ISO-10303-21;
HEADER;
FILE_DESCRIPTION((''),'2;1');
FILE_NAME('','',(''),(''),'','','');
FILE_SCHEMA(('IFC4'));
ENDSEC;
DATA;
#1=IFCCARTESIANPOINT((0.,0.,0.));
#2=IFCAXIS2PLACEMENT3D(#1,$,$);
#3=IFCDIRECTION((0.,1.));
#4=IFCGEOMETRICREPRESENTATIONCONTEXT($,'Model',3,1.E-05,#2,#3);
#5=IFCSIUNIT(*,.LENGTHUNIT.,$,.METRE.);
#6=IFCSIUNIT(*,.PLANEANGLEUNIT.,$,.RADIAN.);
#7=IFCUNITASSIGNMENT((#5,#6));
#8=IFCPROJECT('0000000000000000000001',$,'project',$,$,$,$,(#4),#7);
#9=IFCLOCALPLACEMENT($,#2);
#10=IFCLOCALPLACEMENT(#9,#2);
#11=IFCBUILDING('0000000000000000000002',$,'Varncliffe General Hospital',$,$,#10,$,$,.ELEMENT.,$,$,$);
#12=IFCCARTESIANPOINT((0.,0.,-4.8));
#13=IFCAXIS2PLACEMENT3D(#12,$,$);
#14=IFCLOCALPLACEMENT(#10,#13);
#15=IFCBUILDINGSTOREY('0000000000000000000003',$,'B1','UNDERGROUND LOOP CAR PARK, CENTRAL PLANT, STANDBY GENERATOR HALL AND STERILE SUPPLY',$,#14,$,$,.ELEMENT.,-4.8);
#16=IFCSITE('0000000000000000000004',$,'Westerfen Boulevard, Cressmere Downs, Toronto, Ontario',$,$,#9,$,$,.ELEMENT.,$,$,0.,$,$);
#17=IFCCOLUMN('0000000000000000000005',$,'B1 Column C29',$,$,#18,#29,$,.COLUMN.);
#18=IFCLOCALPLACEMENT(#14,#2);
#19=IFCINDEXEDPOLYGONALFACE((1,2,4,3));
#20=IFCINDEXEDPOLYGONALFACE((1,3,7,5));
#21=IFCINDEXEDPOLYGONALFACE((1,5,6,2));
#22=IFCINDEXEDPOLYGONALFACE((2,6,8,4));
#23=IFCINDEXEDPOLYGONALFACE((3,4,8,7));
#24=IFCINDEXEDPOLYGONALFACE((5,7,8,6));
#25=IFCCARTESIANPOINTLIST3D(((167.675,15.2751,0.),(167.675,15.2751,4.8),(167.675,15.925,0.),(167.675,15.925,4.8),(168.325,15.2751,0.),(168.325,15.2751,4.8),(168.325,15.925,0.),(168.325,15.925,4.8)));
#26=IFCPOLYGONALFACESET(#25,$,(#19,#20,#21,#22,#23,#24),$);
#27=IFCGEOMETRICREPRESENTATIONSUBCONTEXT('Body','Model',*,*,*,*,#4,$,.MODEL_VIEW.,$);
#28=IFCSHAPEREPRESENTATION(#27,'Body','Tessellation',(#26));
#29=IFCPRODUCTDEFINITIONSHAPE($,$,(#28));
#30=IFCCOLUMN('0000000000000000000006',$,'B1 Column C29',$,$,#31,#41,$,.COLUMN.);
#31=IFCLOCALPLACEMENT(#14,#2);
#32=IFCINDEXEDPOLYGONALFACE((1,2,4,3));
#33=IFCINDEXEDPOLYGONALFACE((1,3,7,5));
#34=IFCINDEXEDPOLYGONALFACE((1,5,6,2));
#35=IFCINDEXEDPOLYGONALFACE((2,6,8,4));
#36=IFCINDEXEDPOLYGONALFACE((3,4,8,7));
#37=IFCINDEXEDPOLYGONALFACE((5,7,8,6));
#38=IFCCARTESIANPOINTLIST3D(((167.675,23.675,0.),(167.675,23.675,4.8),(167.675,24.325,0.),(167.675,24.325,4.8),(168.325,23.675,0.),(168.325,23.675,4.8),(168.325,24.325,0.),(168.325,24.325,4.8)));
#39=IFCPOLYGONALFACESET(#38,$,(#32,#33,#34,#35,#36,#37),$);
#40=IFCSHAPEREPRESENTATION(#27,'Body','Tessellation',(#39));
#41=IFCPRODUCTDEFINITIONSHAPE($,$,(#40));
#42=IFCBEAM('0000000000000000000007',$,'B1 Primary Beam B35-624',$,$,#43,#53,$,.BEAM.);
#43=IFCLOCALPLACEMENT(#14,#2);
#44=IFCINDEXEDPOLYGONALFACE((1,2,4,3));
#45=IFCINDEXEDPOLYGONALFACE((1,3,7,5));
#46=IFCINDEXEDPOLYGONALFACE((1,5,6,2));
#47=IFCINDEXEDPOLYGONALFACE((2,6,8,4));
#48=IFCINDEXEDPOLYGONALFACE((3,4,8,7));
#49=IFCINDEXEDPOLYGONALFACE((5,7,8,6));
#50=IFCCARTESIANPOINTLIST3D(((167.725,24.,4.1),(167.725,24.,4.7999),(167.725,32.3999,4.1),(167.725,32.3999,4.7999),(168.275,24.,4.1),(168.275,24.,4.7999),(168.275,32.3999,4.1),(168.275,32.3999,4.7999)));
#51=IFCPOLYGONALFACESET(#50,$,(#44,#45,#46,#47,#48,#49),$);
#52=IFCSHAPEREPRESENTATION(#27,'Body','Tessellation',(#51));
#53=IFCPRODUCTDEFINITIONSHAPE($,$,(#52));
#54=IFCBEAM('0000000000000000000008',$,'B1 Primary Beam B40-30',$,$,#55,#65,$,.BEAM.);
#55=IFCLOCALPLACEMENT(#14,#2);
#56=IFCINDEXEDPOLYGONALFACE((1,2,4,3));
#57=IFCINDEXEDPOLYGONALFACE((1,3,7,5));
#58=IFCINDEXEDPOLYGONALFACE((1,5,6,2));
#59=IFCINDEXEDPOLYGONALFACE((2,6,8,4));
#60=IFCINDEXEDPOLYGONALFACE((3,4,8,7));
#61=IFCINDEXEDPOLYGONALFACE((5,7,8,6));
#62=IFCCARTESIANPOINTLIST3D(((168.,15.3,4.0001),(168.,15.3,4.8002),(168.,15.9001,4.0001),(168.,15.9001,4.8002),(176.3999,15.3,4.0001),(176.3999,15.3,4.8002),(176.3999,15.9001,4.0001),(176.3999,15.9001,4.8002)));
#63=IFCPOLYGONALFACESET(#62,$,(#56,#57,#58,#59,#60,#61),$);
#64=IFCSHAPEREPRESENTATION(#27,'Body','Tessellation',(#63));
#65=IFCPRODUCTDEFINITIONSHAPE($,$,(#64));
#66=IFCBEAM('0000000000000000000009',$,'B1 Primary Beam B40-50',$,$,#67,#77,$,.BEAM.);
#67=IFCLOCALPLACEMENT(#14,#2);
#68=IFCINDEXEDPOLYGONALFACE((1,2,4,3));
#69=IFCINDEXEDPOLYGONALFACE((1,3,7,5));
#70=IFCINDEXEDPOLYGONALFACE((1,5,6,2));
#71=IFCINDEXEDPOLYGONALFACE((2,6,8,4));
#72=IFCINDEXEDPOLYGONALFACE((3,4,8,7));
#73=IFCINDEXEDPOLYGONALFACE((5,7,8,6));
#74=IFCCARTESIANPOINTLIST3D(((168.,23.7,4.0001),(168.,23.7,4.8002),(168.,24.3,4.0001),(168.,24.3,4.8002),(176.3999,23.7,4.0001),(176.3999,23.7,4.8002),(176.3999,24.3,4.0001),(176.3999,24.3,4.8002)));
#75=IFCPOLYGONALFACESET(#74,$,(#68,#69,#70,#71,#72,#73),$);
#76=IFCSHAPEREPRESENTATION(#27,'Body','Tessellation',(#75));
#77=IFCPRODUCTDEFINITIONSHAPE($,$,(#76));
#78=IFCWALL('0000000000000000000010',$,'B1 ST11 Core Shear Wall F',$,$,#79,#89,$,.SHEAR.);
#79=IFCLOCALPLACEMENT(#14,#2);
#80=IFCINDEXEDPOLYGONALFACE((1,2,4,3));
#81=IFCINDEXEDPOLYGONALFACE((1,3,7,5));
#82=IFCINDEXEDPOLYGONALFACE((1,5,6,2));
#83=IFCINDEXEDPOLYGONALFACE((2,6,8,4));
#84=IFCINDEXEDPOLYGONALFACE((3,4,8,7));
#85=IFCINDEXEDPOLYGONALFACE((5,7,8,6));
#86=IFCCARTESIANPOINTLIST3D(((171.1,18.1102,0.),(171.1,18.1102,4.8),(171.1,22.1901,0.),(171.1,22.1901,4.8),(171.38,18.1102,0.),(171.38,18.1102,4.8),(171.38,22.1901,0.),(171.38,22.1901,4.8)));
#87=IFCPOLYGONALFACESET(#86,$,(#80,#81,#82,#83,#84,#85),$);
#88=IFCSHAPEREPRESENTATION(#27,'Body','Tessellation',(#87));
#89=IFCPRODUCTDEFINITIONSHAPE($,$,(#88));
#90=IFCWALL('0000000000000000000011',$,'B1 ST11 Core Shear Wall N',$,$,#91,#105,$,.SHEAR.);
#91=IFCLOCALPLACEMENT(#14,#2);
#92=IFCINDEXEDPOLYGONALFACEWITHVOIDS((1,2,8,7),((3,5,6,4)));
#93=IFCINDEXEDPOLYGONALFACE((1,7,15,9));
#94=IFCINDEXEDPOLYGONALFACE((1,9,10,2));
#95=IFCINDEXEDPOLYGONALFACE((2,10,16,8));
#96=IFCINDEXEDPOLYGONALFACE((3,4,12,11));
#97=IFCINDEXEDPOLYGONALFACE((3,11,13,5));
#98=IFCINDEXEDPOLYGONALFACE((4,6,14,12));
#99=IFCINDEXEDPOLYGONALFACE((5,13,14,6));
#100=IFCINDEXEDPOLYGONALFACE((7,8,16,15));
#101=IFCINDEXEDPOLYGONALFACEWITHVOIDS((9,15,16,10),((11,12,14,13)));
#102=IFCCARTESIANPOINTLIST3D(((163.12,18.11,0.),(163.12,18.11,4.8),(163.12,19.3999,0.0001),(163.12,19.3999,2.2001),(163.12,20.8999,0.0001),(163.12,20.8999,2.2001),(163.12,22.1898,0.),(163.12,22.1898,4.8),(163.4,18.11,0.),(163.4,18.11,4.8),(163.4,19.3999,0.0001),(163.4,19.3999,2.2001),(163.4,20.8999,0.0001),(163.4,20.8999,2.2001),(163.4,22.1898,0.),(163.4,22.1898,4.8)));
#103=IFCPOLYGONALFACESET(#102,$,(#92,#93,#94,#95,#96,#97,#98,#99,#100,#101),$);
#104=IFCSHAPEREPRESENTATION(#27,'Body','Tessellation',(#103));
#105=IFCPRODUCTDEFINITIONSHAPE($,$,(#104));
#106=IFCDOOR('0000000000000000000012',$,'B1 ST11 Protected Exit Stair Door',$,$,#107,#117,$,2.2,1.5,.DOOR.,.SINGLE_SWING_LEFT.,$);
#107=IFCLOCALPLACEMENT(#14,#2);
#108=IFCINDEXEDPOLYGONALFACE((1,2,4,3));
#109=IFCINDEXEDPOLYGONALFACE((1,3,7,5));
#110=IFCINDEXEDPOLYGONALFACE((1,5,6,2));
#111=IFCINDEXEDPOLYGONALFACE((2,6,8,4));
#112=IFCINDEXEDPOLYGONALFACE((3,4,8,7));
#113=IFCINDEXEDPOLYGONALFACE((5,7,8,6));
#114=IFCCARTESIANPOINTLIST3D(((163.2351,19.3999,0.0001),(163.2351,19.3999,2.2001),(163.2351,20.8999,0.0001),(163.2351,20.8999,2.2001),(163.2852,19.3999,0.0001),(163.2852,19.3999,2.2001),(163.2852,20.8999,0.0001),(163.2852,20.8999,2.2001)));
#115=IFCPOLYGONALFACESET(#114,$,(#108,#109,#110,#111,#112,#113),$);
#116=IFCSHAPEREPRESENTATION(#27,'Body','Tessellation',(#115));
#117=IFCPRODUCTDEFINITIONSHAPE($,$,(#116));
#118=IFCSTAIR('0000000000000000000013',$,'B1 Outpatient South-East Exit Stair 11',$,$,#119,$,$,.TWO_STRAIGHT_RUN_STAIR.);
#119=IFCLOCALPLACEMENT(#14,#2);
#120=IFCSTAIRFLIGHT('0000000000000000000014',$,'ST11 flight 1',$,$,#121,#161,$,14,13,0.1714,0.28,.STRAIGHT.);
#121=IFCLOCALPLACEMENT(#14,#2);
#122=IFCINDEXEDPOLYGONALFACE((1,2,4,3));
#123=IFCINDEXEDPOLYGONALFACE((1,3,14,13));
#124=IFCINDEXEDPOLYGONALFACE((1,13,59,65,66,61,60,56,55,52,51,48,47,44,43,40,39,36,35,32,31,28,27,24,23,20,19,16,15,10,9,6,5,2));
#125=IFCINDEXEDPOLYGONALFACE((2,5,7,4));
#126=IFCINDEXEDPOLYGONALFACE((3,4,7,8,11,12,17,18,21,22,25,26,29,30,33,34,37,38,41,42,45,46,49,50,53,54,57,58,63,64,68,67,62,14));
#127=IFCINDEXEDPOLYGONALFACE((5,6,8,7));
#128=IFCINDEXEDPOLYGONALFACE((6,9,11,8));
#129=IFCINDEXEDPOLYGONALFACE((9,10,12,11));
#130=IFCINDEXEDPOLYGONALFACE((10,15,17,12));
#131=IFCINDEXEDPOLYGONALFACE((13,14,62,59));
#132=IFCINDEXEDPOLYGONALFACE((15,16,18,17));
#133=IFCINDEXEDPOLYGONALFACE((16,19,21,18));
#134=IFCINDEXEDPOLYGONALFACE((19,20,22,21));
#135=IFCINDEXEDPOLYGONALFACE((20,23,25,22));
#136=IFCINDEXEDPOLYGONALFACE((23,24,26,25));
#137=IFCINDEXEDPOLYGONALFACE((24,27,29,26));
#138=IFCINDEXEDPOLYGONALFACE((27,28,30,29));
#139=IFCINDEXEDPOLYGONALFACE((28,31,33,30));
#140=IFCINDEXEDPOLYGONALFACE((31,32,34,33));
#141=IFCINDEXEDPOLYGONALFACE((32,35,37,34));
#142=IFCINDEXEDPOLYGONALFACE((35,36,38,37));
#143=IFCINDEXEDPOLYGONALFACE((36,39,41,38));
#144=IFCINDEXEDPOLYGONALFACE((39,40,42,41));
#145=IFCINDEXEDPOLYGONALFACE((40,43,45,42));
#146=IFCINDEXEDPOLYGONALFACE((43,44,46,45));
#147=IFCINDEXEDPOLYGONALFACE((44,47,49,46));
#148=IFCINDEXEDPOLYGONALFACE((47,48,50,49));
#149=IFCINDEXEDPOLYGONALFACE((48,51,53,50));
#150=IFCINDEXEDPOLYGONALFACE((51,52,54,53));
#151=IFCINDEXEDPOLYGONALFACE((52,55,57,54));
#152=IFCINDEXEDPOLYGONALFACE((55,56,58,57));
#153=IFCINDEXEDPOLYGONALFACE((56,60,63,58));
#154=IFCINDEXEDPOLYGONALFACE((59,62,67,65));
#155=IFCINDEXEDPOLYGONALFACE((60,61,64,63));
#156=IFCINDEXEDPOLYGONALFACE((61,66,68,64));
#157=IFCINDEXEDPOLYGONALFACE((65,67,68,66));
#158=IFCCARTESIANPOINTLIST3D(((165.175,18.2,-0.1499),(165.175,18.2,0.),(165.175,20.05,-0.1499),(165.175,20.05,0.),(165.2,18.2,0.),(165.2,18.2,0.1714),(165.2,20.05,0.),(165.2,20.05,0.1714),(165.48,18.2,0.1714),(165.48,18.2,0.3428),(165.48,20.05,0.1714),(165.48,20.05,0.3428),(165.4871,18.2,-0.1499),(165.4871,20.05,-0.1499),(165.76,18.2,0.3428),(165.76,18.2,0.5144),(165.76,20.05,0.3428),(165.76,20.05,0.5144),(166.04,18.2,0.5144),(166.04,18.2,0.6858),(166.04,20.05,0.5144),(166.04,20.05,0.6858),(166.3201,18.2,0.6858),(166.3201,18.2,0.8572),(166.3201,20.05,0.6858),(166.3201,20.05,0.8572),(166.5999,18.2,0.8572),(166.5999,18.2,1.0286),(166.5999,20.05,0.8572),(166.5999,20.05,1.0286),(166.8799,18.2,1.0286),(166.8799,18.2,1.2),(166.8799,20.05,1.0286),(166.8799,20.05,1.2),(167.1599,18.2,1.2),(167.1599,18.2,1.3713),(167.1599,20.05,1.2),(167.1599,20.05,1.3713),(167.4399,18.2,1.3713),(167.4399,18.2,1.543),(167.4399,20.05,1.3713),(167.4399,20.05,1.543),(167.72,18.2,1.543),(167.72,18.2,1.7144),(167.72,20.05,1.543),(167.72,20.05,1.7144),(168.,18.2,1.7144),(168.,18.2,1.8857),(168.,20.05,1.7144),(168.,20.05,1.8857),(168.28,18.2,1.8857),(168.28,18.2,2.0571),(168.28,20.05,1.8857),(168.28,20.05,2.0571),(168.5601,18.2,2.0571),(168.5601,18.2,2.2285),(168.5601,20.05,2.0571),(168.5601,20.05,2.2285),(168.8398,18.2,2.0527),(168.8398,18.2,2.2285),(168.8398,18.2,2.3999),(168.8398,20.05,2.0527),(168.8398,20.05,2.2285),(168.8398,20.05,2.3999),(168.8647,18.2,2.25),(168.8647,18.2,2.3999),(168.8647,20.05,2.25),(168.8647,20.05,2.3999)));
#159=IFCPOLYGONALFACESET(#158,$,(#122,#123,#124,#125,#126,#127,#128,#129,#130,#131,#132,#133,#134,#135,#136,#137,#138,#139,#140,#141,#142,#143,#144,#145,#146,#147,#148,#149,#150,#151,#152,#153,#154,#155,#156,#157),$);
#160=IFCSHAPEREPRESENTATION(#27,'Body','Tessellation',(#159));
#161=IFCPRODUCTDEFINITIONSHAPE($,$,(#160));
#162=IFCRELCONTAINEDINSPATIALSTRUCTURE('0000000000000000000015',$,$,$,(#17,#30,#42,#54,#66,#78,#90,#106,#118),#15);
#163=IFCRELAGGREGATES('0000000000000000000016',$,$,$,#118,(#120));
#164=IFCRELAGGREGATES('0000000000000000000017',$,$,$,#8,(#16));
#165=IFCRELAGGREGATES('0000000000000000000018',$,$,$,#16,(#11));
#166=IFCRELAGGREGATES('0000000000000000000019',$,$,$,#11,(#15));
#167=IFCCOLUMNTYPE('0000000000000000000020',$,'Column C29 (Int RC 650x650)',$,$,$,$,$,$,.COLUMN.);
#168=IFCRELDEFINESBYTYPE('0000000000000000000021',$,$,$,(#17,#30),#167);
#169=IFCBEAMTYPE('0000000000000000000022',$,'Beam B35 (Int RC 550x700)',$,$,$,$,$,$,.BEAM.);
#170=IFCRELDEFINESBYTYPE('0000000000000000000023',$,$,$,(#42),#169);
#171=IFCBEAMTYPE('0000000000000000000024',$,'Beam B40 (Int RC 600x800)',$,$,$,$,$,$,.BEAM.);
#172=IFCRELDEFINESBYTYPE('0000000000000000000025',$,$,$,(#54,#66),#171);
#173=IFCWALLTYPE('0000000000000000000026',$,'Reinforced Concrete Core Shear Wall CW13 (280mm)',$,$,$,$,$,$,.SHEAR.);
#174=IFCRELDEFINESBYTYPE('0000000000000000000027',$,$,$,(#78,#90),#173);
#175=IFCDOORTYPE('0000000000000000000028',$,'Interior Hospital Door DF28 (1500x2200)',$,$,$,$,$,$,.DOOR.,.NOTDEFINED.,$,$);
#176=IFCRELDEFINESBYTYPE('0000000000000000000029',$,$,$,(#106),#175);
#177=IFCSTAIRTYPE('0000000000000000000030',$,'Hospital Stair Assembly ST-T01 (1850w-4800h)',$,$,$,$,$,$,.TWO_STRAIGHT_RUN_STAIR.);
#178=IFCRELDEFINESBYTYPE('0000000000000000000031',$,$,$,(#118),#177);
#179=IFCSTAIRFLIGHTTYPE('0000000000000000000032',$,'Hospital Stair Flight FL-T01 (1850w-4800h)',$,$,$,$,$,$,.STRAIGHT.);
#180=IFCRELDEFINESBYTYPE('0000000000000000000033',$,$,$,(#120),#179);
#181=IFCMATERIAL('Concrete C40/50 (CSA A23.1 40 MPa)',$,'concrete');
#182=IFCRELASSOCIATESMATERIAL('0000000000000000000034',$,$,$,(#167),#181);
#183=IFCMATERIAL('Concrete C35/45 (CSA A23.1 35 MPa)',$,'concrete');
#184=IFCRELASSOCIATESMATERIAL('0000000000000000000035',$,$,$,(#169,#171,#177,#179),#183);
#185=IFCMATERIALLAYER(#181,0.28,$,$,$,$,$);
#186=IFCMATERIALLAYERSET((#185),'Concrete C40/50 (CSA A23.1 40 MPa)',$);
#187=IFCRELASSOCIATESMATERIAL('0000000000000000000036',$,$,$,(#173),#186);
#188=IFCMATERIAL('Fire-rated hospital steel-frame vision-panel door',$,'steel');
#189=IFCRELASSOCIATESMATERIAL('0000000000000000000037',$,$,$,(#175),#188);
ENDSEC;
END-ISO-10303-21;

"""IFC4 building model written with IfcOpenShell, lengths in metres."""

from ifc_helpers import new_model, si_unit, direction, frame, frame_2d, origin, origin_2d, place, context, subcontext, project, spatial, polyline, rectangle, outline, extrude, material, layer, layer_set, material_profile, profile_set, type_object, element, fill, aggregate, save


model = new_model("IFC4")

# Units and contexts
model_context = context("Model", 3, precision=1e-05, world=origin(), true_north=direction((0.0, 1.0)))
body_context = subcontext(model_context, "Body", "Model", "MODEL_VIEW")
ifc_project = project(units=[si_unit("LENGTHUNIT", "METRE"), si_unit("PLANEANGLEUNIT", "RADIAN")], contexts=[model_context])

# Site, building, storey
site_placement = place(None, origin())
site = spatial("IfcSite", under=ifc_project, at=site_placement, Name="Westerfen Boulevard, Cressmere Downs, Toronto, Ontario", CompositionType="ELEMENT", RefElevation=0.0)
building_placement = place(site_placement, origin())
building = spatial("IfcBuilding", under=site, at=building_placement, Name="Varncliffe General Hospital", CompositionType="ELEMENT")
storey_placement = place(building_placement, frame((0.0, 0.0, -4.8)))
storey = spatial("IfcBuildingStorey", under=building, at=storey_placement, Name="B1", Description="UNDERGROUND LOOP CAR PARK, CENTRAL PLANT, STANDBY GENERATOR HALL AND STERILE SUPPLY", CompositionType="ELEMENT", Elevation=-4.8)

# Shared definitions
ifc_material_1 = material(Name="Concrete C40/50 (CSA A23.1 40 MPa)", Category="concrete")

# Columns
ifc_material_profile_1 = material_profile(ifc_material_1, rectangle(XDim=0.6499, YDim=0.6499, at=origin_2d()), Name="RC 650x650")
ifc_profile_set_1 = profile_set([ifc_material_profile_1], Name="Concrete C40/50 (CSA A23.1 40 MPa)")
column_type = type_object("IfcColumnType", Name="Column C29 (Int RC 650x650)", PredefinedType="COLUMN", material=ifc_profile_set_1)
for number, where, z_axis, x_axis, name in (
    (1, (168.0, 15.6001, 0.0), (0.0, 0.0, 1.0), (1.0, 0.0, 0.0), "B1 Column C29"),
    (2, (168.0, 24.0, 0.0), (0.0, 0.0, 1.0), (1.0, 0.0, 0.0), "B1 Column C29"),
):
    element("IfcColumn", number, at=place(storey_placement, frame(where, z_axis=z_axis, x_axis=x_axis)), inside=storey, type_object=column_type, Name=name, PredefinedType="COLUMN", context=body_context, shape_type="SweptSolid", body=[
        extrude(rectangle(XDim=0.6499, YDim=0.6499, at=origin_2d()), origin(), (0.0, 0.0, 1.0), 4.8),
    ])

# Beams
ifc_material_2 = material(Name="Concrete C35/45 (CSA A23.1 35 MPa)", Category="concrete")
ifc_material_profile_2 = material_profile(ifc_material_2, rectangle(XDim=0.55, YDim=0.7, at=origin_2d()), Name="RC 550x700")
ifc_profile_set_2 = profile_set([ifc_material_profile_2], Name="Concrete C35/45 (CSA A23.1 35 MPa)")
beam_type_1 = type_object("IfcBeamType", Name="Beam B35 (Int RC 550x700)", PredefinedType="BEAM", material=ifc_profile_set_2)
beam_placement = place(storey_placement, frame((168.0, 24.0, 4.45), z_axis=(0.0, 1.0, 0.0), x_axis=(-1.0, 0.0, 0.0)))
element("IfcBeam", 3, at=beam_placement, inside=storey, type_object=beam_type_1, Name="B1 Primary Beam B35-624", PredefinedType="BEAM", context=body_context, shape_type="SweptSolid", body=[
    extrude(rectangle(XDim=0.55, YDim=0.7, at=origin_2d()), origin(), (0.0, 0.0, 1.0), 8.3999),
])
ifc_material_profile_3 = material_profile(ifc_material_2, rectangle(XDim=0.6001, YDim=0.8, at=origin_2d()), Name="RC 600x800")
ifc_profile_set_3 = profile_set([ifc_material_profile_3], Name="Concrete C35/45 (CSA A23.1 35 MPa)")
beam_type_2 = type_object("IfcBeamType", Name="Beam B40 (Int RC 600x800)", PredefinedType="BEAM", material=ifc_profile_set_3)
for number, where, z_axis, x_axis, name in (
    (4, (168.0, 15.6001, 4.4001), (1.0, 0.0, 0.0), (0.0, 1.0, 0.0), "B1 Primary Beam B40-30"),
    (5, (168.0, 24.0, 4.4001), (1.0, 0.0, 0.0), (0.0, 1.0, 0.0), "B1 Primary Beam B40-50"),
):
    element("IfcBeam", number, at=place(storey_placement, frame(where, z_axis=z_axis, x_axis=x_axis)), inside=storey, type_object=beam_type_2, Name=name, PredefinedType="BEAM", context=body_context, shape_type="SweptSolid", body=[
        extrude(rectangle(XDim=0.6001, YDim=0.8, at=origin_2d()), origin(), (0.0, 0.0, 1.0), 8.3999),
    ])

# Wall
ifc_layer = layer(ifc_material_1, 0.28)
ifc_layer_set = layer_set([ifc_layer], Name="Concrete C40/50 (CSA A23.1 40 MPa)")
wall_type = type_object("IfcWallType", Name="Reinforced Concrete Core Shear Wall CW13 (280mm)", PredefinedType="SHEAR", material=ifc_layer_set)
wall_1_placement = place(storey_placement, frame((171.24, 18.1101, 0.0), z_axis=(0.0, 0.0, 1.0), x_axis=(0.0, 1.0, 0.0)))
element("IfcWall", 6, at=wall_1_placement, inside=storey, type_object=wall_type, Name="B1 ST11 Core Shear Wall F", PredefinedType="SHEAR", context=body_context, shape_type="SweptSolid", body=[
    extrude(rectangle(XDim=4.0798, YDim=0.28, at=frame_2d((2.04, 0.0))), origin(), (0.0, 0.0, 1.0), 4.8),
])

# Wall, opening, door
wall_2_placement = place(storey_placement, frame((163.26, 22.1899, 0.0), z_axis=(0.0, 0.0, 1.0), x_axis=(0.0, -1.0, 0.0)))
wall_2 = element("IfcWall", 7, at=wall_2_placement, inside=storey, type_object=wall_type, Name="B1 ST11 Core Shear Wall N", PredefinedType="SHEAR", context=body_context, shape_type="SweptSolid", body=[
    extrude(rectangle(XDim=4.0798, YDim=0.28, at=frame_2d((2.04, 0.0))), origin(), (0.0, 0.0, 1.0), 4.8),
])
opening_placement = place(wall_2_placement, frame((1.29, 0.0, 0.0)))
opening = element("IfcOpeningElement", 8, at=opening_placement, cuts=wall_2, PredefinedType="OPENING", context=body_context, shape_type="SweptSolid", body=[
    extrude(rectangle(XDim=1.5, YDim=2.2, at=frame_2d((0.75, 1.1001))), frame((0.0, 0.1499, 0.0), z_axis=(0.0, -1.0, 0.0), x_axis=(1.0, 0.0, 0.0)), (0.0, 0.0, 1.0), 0.3),
])
ifc_material_3 = material(Name="Fire-rated hospital steel-frame vision-panel door", Category="steel")
door_type = type_object("IfcDoorType", Name="Interior Hospital Door DF28 (1500x2200)", OperationType="NOTDEFINED", PredefinedType="DOOR", material=ifc_material_3)
door_placement = place(opening_placement, frame((1.5, 0.0, 0.0), z_axis=(0.0, 0.0, 1.0), x_axis=(-1.0, 0.0, 0.0)))
door = element("IfcDoor", 9, at=door_placement, inside=storey, type_object=door_type, Name="B1 ST11 Protected Exit Stair Door", OperationType="SINGLE_SWING_LEFT", OverallHeight=2.2, OverallWidth=1.5, PredefinedType="DOOR", context=body_context, shape_type="SweptSolid", body=[
    extrude(rectangle(XDim=1.5, YDim=2.2, at=frame_2d((0.75, 1.1001))), frame((0.0, 0.0249, 0.0), z_axis=(0.0, -1.0, 0.0), x_axis=(1.0, 0.0, 0.0)), (0.0, 0.0, 1.0), 0.05),
])
fill(opening, door)

# Stair, stair flight
stair_type = type_object("IfcStairType", Name="Hospital Stair Assembly ST-T01 (1850w-4800h)", PredefinedType="TWO_STRAIGHT_RUN_STAIR", material=ifc_material_2)
stair_placement = place(storey_placement, origin())
stair = element("IfcStair", 10, at=stair_placement, inside=storey, type_object=stair_type, Name="B1 Outpatient South-East Exit Stair 11", PredefinedType="TWO_STRAIGHT_RUN_STAIR")
stair_flight_type = type_object("IfcStairFlightType", Name="Hospital Stair Flight FL-T01 (1850w-4800h)", PredefinedType="STRAIGHT", material=ifc_material_2)
stair_flight_1_placement = place(storey_placement, frame((165.2, 19.125, 0.0), z_axis=(0.0, 0.0, 1.0), x_axis=(1.0, 0.0, 0.0)))
stair_flight_1 = element("IfcStairFlight", 11, at=stair_flight_1_placement, type_object=stair_flight_type, Name="ST11 flight 1", NumberOfRisers=14, NumberOfTreads=13, PredefinedType="STRAIGHT", RiserHeight=0.1714, TreadLength=0.28, context=body_context, shape_type="SweptSolid", body=[
    extrude(outline(polyline([(-0.0249, -0.1499), (-0.0249, 0.0), (0.0, 0.0), (0.0, 0.1714), (0.28, 0.1714), (0.28, 0.3428), (0.5601, 0.3428), (0.5601, 0.5144), (0.8401, 0.5144), (0.8401, 0.6858), (1.1201, 0.6858), (1.1201, 0.8572), (1.3999, 0.8572), (1.3999, 1.0286), (1.6799, 1.0286), (1.6799, 1.2), (1.96, 1.2), (1.96, 1.3713), (2.24, 1.3713), (2.24, 1.543), (2.52, 1.543), (2.52, 1.7144), (2.8, 1.7144), (2.8, 1.8857), (3.0801, 1.8857), (3.0801, 2.0571), (3.3601, 2.0571), (3.3601, 2.2285), (3.6399, 2.2285), (3.6399, 2.3999), (3.6648, 2.3999), (3.6648, 2.25), (3.6399, 2.0527), (0.2871, -0.1499), (-0.0249, -0.1499)])), frame((0.0, 0.925, 0.0), z_axis=(0.0, -1.0, 0.0), x_axis=(1.0, 0.0, 0.0)), (0.0, 0.0, 1.0), 1.8501),
])
aggregate(stair, [stair_flight_1])

save(model, "model.ifc")
